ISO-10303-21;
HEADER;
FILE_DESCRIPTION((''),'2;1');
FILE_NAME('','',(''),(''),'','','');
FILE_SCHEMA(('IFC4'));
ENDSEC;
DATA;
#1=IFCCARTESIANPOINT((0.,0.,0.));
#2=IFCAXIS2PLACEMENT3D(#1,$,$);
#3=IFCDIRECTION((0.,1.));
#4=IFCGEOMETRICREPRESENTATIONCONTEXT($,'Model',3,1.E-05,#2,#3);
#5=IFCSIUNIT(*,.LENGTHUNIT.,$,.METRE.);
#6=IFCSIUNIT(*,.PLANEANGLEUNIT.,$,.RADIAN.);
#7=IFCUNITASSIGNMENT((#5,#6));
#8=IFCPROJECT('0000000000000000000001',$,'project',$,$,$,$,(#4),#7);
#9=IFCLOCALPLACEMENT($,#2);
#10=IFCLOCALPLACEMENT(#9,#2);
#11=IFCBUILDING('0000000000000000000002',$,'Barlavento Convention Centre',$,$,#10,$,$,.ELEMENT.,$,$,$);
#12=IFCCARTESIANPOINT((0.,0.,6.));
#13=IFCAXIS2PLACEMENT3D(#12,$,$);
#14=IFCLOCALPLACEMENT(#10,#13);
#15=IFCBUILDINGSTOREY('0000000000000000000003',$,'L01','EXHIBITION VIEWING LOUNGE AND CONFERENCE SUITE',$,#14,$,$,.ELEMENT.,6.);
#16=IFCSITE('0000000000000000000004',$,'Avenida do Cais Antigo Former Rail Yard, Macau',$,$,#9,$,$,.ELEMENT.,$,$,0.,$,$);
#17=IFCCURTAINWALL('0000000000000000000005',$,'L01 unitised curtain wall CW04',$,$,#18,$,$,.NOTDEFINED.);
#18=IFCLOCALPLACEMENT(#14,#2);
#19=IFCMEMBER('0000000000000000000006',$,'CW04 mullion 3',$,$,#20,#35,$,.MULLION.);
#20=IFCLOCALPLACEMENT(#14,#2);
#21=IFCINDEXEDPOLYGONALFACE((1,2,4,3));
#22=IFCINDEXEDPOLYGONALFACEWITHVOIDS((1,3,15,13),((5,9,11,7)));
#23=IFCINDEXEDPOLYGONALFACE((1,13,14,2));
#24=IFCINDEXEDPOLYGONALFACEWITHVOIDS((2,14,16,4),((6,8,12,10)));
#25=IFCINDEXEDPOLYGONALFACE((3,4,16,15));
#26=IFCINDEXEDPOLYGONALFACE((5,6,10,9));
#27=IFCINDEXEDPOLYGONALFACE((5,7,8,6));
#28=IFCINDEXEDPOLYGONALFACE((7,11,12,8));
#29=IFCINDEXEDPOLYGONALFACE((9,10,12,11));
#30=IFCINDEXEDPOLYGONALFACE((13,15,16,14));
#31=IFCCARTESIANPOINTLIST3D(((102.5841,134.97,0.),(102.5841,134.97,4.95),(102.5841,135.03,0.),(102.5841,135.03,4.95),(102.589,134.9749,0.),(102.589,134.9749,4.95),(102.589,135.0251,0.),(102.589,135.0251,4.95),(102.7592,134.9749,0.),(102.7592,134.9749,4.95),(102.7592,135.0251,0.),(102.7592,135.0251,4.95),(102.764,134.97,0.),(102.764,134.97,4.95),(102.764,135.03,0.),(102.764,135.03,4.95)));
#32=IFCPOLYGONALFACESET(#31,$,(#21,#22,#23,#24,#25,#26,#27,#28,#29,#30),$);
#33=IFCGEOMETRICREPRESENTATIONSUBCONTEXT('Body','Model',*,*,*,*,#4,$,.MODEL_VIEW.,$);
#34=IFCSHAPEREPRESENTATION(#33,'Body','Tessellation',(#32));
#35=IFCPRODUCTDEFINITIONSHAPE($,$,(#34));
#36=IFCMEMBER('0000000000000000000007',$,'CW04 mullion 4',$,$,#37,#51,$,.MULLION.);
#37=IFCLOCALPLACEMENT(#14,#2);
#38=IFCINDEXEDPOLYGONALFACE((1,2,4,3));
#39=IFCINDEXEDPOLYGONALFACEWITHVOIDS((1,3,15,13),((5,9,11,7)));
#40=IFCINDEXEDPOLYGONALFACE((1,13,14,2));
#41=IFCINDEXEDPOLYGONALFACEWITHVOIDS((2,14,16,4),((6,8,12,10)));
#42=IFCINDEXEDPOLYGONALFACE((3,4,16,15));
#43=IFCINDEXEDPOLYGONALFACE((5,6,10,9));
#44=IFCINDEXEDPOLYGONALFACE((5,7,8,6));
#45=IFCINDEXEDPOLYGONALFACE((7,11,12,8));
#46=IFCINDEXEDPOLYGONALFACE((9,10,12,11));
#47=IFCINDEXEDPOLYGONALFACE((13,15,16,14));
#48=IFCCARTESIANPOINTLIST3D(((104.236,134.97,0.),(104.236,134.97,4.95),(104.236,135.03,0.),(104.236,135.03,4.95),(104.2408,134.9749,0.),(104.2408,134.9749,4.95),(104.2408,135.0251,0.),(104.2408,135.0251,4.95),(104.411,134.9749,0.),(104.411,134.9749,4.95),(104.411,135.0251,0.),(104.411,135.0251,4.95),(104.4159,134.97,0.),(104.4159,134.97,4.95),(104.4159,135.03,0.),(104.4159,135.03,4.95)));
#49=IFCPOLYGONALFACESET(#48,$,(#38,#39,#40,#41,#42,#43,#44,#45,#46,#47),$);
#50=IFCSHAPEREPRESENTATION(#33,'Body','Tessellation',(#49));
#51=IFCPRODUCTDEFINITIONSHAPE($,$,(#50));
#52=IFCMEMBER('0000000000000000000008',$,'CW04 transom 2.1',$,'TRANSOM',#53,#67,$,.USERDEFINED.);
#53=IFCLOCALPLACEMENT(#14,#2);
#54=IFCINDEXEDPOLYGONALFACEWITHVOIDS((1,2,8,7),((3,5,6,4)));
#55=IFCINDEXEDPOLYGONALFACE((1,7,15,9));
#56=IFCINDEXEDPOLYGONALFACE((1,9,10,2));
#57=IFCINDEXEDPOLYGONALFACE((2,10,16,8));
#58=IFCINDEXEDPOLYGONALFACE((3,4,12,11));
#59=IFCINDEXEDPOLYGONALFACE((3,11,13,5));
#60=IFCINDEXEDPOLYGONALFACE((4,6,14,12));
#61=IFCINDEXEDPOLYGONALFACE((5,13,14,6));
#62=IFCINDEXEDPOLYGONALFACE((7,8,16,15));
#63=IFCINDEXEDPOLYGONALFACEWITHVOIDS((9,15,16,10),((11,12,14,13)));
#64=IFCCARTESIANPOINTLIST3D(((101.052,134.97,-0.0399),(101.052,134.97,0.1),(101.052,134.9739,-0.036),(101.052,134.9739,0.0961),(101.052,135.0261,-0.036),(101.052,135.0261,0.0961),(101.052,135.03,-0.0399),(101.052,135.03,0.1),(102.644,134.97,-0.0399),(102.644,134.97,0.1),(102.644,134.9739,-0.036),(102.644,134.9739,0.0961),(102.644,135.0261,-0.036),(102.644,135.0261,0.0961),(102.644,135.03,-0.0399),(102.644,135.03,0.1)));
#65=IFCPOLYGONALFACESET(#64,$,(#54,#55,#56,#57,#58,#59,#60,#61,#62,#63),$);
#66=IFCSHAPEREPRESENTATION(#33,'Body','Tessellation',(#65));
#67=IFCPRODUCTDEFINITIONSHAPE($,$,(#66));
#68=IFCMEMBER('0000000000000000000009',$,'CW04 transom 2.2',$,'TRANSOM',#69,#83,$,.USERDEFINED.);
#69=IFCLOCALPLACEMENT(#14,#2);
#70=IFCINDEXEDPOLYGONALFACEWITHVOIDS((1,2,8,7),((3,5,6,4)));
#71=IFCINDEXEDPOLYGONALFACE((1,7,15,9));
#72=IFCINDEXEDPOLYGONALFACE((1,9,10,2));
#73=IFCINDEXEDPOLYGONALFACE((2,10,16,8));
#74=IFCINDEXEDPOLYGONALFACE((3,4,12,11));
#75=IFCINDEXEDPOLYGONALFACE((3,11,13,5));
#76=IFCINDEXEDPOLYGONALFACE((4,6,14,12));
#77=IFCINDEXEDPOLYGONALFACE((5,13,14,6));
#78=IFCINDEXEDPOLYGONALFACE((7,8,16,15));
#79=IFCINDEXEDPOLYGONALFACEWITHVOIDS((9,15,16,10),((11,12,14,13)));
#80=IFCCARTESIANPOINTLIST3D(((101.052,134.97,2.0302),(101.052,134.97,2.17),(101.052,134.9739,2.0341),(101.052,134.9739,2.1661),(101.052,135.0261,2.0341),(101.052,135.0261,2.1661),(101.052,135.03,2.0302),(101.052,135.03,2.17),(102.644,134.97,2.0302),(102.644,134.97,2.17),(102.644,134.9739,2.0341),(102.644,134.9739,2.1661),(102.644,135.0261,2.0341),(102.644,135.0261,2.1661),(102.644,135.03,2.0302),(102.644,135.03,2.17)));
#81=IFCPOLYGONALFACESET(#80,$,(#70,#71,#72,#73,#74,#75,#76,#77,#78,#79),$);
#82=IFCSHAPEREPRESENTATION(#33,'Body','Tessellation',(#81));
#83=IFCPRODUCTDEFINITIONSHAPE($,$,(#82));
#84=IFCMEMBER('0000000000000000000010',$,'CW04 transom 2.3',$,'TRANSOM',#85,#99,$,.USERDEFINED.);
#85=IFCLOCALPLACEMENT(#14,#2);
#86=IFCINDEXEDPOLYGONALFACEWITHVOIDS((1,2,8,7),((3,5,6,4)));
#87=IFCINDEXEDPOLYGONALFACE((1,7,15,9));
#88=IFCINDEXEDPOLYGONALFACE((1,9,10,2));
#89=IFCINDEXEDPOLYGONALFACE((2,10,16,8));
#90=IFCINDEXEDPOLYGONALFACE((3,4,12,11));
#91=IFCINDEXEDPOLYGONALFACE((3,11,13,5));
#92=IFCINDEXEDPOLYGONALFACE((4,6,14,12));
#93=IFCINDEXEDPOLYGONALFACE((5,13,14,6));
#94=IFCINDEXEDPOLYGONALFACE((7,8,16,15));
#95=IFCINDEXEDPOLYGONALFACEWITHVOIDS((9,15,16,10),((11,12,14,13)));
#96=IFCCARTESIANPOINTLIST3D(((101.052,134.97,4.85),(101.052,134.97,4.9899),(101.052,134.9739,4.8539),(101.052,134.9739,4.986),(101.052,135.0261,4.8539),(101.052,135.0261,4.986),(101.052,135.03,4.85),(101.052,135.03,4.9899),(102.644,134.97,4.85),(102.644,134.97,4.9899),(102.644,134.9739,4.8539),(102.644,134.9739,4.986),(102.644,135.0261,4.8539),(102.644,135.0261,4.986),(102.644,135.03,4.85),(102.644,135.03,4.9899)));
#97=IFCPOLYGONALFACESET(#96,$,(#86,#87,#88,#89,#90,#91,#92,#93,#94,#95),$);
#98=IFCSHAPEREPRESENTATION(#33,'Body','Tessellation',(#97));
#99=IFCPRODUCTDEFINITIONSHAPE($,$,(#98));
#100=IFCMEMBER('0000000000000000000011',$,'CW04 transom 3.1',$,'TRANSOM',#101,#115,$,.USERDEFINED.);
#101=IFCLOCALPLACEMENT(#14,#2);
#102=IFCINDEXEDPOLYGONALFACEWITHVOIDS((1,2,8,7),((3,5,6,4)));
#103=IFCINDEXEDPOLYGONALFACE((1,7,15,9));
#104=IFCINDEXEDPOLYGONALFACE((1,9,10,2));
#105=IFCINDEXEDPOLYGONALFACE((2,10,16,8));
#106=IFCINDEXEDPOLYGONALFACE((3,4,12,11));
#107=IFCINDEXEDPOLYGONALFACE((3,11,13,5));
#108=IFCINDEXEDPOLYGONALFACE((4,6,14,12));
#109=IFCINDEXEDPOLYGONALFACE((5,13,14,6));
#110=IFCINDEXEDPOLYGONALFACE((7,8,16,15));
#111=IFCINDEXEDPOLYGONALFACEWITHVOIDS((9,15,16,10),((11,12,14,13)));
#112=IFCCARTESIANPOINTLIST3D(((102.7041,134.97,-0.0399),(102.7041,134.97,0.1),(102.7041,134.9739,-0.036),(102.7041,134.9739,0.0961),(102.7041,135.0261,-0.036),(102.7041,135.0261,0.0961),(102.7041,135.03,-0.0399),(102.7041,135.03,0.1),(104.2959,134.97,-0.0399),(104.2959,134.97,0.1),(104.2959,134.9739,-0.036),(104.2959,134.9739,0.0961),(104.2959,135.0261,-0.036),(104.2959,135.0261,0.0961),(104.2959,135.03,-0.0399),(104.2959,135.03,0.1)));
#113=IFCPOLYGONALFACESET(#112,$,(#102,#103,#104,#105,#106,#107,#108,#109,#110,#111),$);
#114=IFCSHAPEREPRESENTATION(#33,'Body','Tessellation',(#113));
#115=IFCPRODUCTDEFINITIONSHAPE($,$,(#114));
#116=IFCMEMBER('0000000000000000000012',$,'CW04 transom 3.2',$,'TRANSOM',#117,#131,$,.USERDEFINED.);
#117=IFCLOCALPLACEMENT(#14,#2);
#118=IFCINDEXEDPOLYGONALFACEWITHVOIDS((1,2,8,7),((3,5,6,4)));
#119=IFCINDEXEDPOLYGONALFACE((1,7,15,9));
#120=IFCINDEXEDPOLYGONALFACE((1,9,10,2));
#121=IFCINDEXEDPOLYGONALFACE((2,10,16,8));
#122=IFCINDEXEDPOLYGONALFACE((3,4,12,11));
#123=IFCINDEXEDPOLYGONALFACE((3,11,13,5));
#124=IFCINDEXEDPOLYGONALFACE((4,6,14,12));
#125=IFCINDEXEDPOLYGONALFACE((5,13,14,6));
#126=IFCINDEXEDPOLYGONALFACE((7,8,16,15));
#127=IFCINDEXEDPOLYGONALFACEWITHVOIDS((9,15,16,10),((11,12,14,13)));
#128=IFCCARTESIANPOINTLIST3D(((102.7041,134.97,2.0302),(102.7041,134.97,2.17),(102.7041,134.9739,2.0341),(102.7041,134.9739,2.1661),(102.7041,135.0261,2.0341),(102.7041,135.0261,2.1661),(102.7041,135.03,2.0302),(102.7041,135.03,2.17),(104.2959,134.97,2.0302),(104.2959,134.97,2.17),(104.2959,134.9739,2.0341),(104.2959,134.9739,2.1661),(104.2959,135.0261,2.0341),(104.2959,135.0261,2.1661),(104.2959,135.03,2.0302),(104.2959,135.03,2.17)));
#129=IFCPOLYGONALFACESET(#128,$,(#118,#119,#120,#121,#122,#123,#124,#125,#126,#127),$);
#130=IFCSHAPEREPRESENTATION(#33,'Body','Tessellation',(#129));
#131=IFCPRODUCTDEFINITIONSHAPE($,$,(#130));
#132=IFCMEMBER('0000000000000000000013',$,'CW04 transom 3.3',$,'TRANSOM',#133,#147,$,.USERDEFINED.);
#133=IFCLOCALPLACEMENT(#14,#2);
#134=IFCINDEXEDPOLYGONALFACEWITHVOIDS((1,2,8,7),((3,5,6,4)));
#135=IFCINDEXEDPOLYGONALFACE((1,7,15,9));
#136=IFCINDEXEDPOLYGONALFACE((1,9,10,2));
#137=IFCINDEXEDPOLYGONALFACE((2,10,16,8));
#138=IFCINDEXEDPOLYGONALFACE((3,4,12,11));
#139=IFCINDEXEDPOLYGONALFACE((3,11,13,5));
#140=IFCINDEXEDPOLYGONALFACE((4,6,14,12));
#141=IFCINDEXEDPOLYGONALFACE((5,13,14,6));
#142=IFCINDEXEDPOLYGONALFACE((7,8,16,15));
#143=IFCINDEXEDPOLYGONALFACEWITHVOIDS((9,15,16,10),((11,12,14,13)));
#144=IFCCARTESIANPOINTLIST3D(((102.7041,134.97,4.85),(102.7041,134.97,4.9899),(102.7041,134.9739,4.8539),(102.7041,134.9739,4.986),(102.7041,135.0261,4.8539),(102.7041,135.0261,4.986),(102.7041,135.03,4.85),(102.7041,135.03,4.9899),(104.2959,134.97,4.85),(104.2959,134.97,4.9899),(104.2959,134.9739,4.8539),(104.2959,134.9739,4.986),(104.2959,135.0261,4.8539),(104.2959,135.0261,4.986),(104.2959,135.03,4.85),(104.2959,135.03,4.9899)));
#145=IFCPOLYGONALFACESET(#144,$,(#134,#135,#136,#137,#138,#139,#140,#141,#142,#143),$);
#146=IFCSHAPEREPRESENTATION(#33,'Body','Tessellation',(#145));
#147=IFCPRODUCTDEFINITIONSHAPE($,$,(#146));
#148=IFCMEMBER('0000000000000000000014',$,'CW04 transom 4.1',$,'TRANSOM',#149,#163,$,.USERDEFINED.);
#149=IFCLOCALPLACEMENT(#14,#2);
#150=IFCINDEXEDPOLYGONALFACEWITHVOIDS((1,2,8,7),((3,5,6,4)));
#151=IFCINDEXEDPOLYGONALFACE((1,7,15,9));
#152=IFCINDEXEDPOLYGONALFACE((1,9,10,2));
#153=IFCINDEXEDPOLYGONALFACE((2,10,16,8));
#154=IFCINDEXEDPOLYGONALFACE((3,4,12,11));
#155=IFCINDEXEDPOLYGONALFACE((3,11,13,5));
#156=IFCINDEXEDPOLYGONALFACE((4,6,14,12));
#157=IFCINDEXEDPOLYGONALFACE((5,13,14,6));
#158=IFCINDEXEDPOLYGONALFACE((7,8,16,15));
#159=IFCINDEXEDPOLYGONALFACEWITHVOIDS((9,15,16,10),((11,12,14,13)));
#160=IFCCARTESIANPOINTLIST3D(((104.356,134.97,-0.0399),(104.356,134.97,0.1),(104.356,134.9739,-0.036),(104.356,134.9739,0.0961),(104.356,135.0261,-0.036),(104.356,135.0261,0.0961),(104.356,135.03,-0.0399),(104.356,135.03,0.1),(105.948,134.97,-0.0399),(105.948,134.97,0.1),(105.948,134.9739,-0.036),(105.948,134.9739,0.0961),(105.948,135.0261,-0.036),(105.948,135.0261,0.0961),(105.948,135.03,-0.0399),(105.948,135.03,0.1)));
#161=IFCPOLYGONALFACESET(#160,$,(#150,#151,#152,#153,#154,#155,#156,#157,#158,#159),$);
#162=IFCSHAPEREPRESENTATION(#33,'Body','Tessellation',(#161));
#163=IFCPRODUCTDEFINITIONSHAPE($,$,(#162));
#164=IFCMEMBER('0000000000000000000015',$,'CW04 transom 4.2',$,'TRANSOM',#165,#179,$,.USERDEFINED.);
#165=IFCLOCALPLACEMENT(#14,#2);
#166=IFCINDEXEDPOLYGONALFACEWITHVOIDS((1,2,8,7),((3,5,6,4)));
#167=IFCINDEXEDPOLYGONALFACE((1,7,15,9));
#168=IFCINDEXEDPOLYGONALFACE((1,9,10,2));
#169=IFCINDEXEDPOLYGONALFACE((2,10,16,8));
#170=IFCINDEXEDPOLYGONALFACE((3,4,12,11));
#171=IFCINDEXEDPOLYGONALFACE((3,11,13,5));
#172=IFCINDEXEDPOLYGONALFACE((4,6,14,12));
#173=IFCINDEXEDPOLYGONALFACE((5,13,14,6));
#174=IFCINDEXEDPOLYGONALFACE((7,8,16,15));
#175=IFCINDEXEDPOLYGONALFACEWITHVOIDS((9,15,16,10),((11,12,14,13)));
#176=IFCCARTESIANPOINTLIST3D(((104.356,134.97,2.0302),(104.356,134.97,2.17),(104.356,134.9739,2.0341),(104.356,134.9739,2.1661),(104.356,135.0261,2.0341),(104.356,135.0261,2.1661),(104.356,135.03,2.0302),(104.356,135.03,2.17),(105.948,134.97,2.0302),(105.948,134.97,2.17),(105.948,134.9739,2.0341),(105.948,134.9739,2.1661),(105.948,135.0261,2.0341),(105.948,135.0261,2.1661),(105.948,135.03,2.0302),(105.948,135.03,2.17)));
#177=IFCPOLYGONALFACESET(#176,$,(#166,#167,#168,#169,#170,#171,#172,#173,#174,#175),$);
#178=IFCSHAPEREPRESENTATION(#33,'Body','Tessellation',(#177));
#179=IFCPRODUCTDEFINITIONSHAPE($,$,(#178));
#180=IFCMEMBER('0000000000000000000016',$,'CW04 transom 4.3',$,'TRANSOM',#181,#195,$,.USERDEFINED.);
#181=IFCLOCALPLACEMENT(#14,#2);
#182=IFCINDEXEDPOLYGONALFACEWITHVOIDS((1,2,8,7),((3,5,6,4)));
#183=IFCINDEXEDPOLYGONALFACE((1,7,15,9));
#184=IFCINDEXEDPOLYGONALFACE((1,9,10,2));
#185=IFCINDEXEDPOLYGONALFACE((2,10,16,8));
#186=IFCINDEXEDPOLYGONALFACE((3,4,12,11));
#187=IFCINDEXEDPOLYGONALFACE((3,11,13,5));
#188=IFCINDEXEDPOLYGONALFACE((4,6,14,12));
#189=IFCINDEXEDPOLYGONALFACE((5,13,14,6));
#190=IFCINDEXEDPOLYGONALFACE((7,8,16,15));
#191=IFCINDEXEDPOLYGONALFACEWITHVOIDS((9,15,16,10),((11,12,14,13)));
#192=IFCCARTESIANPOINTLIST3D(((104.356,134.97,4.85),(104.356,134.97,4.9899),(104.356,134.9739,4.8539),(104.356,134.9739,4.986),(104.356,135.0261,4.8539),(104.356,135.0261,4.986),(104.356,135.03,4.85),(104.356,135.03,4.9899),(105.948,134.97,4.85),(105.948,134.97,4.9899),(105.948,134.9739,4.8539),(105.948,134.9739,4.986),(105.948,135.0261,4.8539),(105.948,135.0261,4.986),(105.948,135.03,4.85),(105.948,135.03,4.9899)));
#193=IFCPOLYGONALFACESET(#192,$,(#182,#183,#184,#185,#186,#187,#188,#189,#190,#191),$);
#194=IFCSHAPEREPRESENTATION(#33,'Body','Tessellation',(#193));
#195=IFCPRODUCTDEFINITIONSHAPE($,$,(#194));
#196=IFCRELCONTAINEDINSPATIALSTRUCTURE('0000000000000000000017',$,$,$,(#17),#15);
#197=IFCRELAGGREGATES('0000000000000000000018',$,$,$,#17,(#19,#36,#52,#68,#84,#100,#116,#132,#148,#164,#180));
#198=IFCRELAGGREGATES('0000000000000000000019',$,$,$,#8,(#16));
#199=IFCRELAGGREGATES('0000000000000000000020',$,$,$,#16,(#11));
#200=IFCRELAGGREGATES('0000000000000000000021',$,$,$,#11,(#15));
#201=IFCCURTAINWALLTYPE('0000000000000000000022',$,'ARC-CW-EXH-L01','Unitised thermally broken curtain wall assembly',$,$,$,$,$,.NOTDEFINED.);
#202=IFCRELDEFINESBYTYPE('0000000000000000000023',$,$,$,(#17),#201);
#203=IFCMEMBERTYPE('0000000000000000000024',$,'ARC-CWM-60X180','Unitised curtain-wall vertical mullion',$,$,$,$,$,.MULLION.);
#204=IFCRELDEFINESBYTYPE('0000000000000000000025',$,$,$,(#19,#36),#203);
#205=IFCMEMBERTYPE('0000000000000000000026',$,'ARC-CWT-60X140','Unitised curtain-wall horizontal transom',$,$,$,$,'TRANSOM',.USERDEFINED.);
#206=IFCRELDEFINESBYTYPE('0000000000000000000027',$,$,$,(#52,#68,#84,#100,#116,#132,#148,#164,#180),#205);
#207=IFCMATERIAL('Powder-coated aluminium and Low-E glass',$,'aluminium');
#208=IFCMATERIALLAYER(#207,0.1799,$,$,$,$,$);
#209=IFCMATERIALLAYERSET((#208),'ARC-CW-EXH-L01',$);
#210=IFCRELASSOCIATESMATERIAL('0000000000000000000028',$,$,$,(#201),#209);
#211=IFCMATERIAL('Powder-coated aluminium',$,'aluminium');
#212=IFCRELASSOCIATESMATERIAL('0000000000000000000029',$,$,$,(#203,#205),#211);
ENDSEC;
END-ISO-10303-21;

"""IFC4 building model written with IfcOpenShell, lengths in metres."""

from ifc_helpers import new_model, si_unit, direction, frame, origin, origin_2d, place, context, subcontext, project, spatial, hollow_rectangle, extrude, material, layer, layer_set, material_profile, profile_set, type_object, element, aggregate, save


model = new_model("IFC4")

# Units and contexts
model_context = context("Model", 3, precision=1e-05, world=origin(), true_north=direction((0.0, 1.0)))
body_context = subcontext(model_context, "Body", "Model", "MODEL_VIEW")
ifc_project = project(units=[si_unit("LENGTHUNIT", "METRE"), si_unit("PLANEANGLEUNIT", "RADIAN")], contexts=[model_context])

# Site, building, storey
site_placement = place(None, origin())
site = spatial("IfcSite", under=ifc_project, at=site_placement, Name="Avenida do Cais Antigo Former Rail Yard, Macau", CompositionType="ELEMENT", RefElevation=0.0)
building_placement = place(site_placement, origin())
building = spatial("IfcBuilding", under=site, at=building_placement, Name="Barlavento Convention Centre", CompositionType="ELEMENT")
storey_placement = place(building_placement, frame((0.0, 0.0, 6.0)))
storey = spatial("IfcBuildingStorey", under=building, at=storey_placement, Name="L01", Description="EXHIBITION VIEWING LOUNGE AND CONFERENCE SUITE", CompositionType="ELEMENT", Elevation=6.0)

# Curtain wall, members
ifc_material_1 = material(Name="Powder-coated aluminium and Low-E glass", Category="aluminium")
ifc_layer_1 = layer(ifc_material_1, 0.1799)
ifc_layer_set_1 = layer_set([ifc_layer_1], Name="ARC-CW-EXH-L01")
curtain_wall_type = type_object("IfcCurtainWallType", Name="ARC-CW-EXH-L01", Description="Unitised thermally broken curtain wall assembly", PredefinedType="NOTDEFINED", material=ifc_layer_set_1)
curtain_wall_placement = place(storey_placement, origin())
curtain_wall = element("IfcCurtainWall", 1, at=curtain_wall_placement, inside=storey, type_object=curtain_wall_type, Name="L01 unitised curtain wall CW04", PredefinedType="NOTDEFINED")
ifc_material_2 = material(Name="Powder-coated aluminium", Category="aluminium")
ifc_material_profile_1 = material_profile(ifc_material_2, hollow_rectangle(XDim=0.0601, YDim=0.1799, WallThickness=0.0049, at=origin_2d()), Name="AL-MULL 60x180x5")
ifc_profile_set_1 = profile_set([ifc_material_profile_1], Name="Powder-coated aluminium")
member_type_1 = type_object("IfcMemberType", Name="ARC-CWM-60X180", Description="Unitised curtain-wall vertical mullion", PredefinedType="MULLION", material=ifc_profile_set_1)
member_1_placement = place(storey_placement, frame((102.6741, 135.0, 0.0), z_axis=(0.0, 0.0, 1.0), x_axis=(0.0, 1.0, 0.0)))
member_1 = element("IfcMember", 2, at=member_1_placement, type_object=member_type_1, Name="CW04 mullion 3", PredefinedType="MULLION", context=body_context, shape_type="SweptSolid", body=[
    extrude(hollow_rectangle(XDim=0.0601, YDim=0.1799, WallThickness=0.0049, at=origin_2d()), origin(), (0.0, 0.0, 1.0), 4.95),
])
member_2_placement = place(storey_placement, frame((104.3259, 135.0, 0.0), z_axis=(0.0, 0.0, 1.0), x_axis=(0.0, 1.0, 0.0)))
member_2 = element("IfcMember", 3, at=member_2_placement, type_object=member_type_1, Name="CW04 mullion 4", PredefinedType="MULLION", context=body_context, shape_type="SweptSolid", body=[
    extrude(hollow_rectangle(XDim=0.0601, YDim=0.1799, WallThickness=0.0049, at=origin_2d()), origin(), (0.0, 0.0, 1.0), 4.95),
])
ifc_material_profile_2 = material_profile(ifc_material_2, hollow_rectangle(XDim=0.0601, YDim=0.1399, WallThickness=0.0039, at=origin_2d()), Name="AL-TRAN 60x140x4")
ifc_profile_set_2 = profile_set([ifc_material_profile_2], Name="Powder-coated aluminium")
member_type_2 = type_object("IfcMemberType", Name="ARC-CWT-60X140", Description="Unitised curtain-wall horizontal transom", ElementType="TRANSOM", PredefinedType="USERDEFINED", material=ifc_profile_set_2)
member_3_placement = place(storey_placement, frame((101.052, 135.0, 0.03), z_axis=(1.0, 0.0, 0.0), x_axis=(0.0, 1.0, 0.0)))
member_3 = element("IfcMember", 4, at=member_3_placement, type_object=member_type_2, Name="CW04 transom 2.1", ObjectType="TRANSOM", PredefinedType="USERDEFINED", context=body_context, shape_type="SweptSolid", body=[
    extrude(hollow_rectangle(XDim=0.0601, YDim=0.1399, WallThickness=0.0039, at=origin_2d()), origin(), (0.0, 0.0, 1.0), 1.592),
])
member_4_placement = place(storey_placement, frame((101.052, 135.0, 2.1001), z_axis=(1.0, 0.0, 0.0), x_axis=(0.0, 1.0, 0.0)))
member_4 = element("IfcMember", 5, at=member_4_placement, type_object=member_type_2, Name="CW04 transom 2.2", ObjectType="TRANSOM", PredefinedType="USERDEFINED", context=body_context, shape_type="SweptSolid", body=[
    extrude(hollow_rectangle(XDim=0.0601, YDim=0.1399, WallThickness=0.0039, at=origin_2d()), origin(), (0.0, 0.0, 1.0), 1.592),
])
member_5_placement = place(storey_placement, frame((101.052, 135.0, 4.9199), z_axis=(1.0, 0.0, 0.0), x_axis=(0.0, 1.0, 0.0)))
member_5 = element("IfcMember", 6, at=member_5_placement, type_object=member_type_2, Name="CW04 transom 2.3", ObjectType="TRANSOM", PredefinedType="USERDEFINED", context=body_context, shape_type="SweptSolid", body=[
    extrude(hollow_rectangle(XDim=0.0601, YDim=0.1399, WallThickness=0.0039, at=origin_2d()), origin(), (0.0, 0.0, 1.0), 1.592),
])
member_6_placement = place(storey_placement, frame((102.7041, 135.0, 0.03), z_axis=(1.0, 0.0, 0.0), x_axis=(0.0, 1.0, 0.0)))
member_6 = element("IfcMember", 7, at=member_6_placement, type_object=member_type_2, Name="CW04 transom 3.1", ObjectType="TRANSOM", PredefinedType="USERDEFINED", context=body_context, shape_type="SweptSolid", body=[
    extrude(hollow_rectangle(XDim=0.0601, YDim=0.1399, WallThickness=0.0039, at=origin_2d()), origin(), (0.0, 0.0, 1.0), 1.5918),
])
member_7_placement = place(storey_placement, frame((102.7041, 135.0, 2.1001), z_axis=(1.0, 0.0, 0.0), x_axis=(0.0, 1.0, 0.0)))
member_7 = element("IfcMember", 8, at=member_7_placement, type_object=member_type_2, Name="CW04 transom 3.2", ObjectType="TRANSOM", PredefinedType="USERDEFINED", context=body_context, shape_type="SweptSolid", body=[
    extrude(hollow_rectangle(XDim=0.0601, YDim=0.1399, WallThickness=0.0039, at=origin_2d()), origin(), (0.0, 0.0, 1.0), 1.5918),
])
member_8_placement = place(storey_placement, frame((102.7041, 135.0, 4.9199), z_axis=(1.0, 0.0, 0.0), x_axis=(0.0, 1.0, 0.0)))
member_8 = element("IfcMember", 9, at=member_8_placement, type_object=member_type_2, Name="CW04 transom 3.3", ObjectType="TRANSOM", PredefinedType="USERDEFINED", context=body_context, shape_type="SweptSolid", body=[
    extrude(hollow_rectangle(XDim=0.0601, YDim=0.1399, WallThickness=0.0039, at=origin_2d()), origin(), (0.0, 0.0, 1.0), 1.5918),
])
member_9_placement = place(storey_placement, frame((104.356, 135.0, 0.03), z_axis=(1.0, 0.0, 0.0), x_axis=(0.0, 1.0, 0.0)))
member_9 = element("IfcMember", 10, at=member_9_placement, type_object=member_type_2, Name="CW04 transom 4.1", ObjectType="TRANSOM", PredefinedType="USERDEFINED", context=body_context, shape_type="SweptSolid", body=[
    extrude(hollow_rectangle(XDim=0.0601, YDim=0.1399, WallThickness=0.0039, at=origin_2d()), origin(), (0.0, 0.0, 1.0), 1.592),
])
member_10_placement = place(storey_placement, frame((104.356, 135.0, 2.1001), z_axis=(1.0, 0.0, 0.0), x_axis=(0.0, 1.0, 0.0)))
member_10 = element("IfcMember", 11, at=member_10_placement, type_object=member_type_2, Name="CW04 transom 4.2", ObjectType="TRANSOM", PredefinedType="USERDEFINED", context=body_context, shape_type="SweptSolid", body=[
    extrude(hollow_rectangle(XDim=0.0601, YDim=0.1399, WallThickness=0.0039, at=origin_2d()), origin(), (0.0, 0.0, 1.0), 1.592),
])
member_11_placement = place(storey_placement, frame((104.356, 135.0, 4.9199), z_axis=(1.0, 0.0, 0.0), x_axis=(0.0, 1.0, 0.0)))
member_11 = element("IfcMember", 12, at=member_11_placement, type_object=member_type_2, Name="CW04 transom 4.3", ObjectType="TRANSOM", PredefinedType="USERDEFINED", context=body_context, shape_type="SweptSolid", body=[
    extrude(hollow_rectangle(XDim=0.0601, YDim=0.1399, WallThickness=0.0039, at=origin_2d()), origin(), (0.0, 0.0, 1.0), 1.592),
])
aggregate(curtain_wall, [member_1, member_2, member_3, member_4, member_5, member_6, member_7, member_8, member_9, member_10, member_11])

save(model, "model.ifc")
